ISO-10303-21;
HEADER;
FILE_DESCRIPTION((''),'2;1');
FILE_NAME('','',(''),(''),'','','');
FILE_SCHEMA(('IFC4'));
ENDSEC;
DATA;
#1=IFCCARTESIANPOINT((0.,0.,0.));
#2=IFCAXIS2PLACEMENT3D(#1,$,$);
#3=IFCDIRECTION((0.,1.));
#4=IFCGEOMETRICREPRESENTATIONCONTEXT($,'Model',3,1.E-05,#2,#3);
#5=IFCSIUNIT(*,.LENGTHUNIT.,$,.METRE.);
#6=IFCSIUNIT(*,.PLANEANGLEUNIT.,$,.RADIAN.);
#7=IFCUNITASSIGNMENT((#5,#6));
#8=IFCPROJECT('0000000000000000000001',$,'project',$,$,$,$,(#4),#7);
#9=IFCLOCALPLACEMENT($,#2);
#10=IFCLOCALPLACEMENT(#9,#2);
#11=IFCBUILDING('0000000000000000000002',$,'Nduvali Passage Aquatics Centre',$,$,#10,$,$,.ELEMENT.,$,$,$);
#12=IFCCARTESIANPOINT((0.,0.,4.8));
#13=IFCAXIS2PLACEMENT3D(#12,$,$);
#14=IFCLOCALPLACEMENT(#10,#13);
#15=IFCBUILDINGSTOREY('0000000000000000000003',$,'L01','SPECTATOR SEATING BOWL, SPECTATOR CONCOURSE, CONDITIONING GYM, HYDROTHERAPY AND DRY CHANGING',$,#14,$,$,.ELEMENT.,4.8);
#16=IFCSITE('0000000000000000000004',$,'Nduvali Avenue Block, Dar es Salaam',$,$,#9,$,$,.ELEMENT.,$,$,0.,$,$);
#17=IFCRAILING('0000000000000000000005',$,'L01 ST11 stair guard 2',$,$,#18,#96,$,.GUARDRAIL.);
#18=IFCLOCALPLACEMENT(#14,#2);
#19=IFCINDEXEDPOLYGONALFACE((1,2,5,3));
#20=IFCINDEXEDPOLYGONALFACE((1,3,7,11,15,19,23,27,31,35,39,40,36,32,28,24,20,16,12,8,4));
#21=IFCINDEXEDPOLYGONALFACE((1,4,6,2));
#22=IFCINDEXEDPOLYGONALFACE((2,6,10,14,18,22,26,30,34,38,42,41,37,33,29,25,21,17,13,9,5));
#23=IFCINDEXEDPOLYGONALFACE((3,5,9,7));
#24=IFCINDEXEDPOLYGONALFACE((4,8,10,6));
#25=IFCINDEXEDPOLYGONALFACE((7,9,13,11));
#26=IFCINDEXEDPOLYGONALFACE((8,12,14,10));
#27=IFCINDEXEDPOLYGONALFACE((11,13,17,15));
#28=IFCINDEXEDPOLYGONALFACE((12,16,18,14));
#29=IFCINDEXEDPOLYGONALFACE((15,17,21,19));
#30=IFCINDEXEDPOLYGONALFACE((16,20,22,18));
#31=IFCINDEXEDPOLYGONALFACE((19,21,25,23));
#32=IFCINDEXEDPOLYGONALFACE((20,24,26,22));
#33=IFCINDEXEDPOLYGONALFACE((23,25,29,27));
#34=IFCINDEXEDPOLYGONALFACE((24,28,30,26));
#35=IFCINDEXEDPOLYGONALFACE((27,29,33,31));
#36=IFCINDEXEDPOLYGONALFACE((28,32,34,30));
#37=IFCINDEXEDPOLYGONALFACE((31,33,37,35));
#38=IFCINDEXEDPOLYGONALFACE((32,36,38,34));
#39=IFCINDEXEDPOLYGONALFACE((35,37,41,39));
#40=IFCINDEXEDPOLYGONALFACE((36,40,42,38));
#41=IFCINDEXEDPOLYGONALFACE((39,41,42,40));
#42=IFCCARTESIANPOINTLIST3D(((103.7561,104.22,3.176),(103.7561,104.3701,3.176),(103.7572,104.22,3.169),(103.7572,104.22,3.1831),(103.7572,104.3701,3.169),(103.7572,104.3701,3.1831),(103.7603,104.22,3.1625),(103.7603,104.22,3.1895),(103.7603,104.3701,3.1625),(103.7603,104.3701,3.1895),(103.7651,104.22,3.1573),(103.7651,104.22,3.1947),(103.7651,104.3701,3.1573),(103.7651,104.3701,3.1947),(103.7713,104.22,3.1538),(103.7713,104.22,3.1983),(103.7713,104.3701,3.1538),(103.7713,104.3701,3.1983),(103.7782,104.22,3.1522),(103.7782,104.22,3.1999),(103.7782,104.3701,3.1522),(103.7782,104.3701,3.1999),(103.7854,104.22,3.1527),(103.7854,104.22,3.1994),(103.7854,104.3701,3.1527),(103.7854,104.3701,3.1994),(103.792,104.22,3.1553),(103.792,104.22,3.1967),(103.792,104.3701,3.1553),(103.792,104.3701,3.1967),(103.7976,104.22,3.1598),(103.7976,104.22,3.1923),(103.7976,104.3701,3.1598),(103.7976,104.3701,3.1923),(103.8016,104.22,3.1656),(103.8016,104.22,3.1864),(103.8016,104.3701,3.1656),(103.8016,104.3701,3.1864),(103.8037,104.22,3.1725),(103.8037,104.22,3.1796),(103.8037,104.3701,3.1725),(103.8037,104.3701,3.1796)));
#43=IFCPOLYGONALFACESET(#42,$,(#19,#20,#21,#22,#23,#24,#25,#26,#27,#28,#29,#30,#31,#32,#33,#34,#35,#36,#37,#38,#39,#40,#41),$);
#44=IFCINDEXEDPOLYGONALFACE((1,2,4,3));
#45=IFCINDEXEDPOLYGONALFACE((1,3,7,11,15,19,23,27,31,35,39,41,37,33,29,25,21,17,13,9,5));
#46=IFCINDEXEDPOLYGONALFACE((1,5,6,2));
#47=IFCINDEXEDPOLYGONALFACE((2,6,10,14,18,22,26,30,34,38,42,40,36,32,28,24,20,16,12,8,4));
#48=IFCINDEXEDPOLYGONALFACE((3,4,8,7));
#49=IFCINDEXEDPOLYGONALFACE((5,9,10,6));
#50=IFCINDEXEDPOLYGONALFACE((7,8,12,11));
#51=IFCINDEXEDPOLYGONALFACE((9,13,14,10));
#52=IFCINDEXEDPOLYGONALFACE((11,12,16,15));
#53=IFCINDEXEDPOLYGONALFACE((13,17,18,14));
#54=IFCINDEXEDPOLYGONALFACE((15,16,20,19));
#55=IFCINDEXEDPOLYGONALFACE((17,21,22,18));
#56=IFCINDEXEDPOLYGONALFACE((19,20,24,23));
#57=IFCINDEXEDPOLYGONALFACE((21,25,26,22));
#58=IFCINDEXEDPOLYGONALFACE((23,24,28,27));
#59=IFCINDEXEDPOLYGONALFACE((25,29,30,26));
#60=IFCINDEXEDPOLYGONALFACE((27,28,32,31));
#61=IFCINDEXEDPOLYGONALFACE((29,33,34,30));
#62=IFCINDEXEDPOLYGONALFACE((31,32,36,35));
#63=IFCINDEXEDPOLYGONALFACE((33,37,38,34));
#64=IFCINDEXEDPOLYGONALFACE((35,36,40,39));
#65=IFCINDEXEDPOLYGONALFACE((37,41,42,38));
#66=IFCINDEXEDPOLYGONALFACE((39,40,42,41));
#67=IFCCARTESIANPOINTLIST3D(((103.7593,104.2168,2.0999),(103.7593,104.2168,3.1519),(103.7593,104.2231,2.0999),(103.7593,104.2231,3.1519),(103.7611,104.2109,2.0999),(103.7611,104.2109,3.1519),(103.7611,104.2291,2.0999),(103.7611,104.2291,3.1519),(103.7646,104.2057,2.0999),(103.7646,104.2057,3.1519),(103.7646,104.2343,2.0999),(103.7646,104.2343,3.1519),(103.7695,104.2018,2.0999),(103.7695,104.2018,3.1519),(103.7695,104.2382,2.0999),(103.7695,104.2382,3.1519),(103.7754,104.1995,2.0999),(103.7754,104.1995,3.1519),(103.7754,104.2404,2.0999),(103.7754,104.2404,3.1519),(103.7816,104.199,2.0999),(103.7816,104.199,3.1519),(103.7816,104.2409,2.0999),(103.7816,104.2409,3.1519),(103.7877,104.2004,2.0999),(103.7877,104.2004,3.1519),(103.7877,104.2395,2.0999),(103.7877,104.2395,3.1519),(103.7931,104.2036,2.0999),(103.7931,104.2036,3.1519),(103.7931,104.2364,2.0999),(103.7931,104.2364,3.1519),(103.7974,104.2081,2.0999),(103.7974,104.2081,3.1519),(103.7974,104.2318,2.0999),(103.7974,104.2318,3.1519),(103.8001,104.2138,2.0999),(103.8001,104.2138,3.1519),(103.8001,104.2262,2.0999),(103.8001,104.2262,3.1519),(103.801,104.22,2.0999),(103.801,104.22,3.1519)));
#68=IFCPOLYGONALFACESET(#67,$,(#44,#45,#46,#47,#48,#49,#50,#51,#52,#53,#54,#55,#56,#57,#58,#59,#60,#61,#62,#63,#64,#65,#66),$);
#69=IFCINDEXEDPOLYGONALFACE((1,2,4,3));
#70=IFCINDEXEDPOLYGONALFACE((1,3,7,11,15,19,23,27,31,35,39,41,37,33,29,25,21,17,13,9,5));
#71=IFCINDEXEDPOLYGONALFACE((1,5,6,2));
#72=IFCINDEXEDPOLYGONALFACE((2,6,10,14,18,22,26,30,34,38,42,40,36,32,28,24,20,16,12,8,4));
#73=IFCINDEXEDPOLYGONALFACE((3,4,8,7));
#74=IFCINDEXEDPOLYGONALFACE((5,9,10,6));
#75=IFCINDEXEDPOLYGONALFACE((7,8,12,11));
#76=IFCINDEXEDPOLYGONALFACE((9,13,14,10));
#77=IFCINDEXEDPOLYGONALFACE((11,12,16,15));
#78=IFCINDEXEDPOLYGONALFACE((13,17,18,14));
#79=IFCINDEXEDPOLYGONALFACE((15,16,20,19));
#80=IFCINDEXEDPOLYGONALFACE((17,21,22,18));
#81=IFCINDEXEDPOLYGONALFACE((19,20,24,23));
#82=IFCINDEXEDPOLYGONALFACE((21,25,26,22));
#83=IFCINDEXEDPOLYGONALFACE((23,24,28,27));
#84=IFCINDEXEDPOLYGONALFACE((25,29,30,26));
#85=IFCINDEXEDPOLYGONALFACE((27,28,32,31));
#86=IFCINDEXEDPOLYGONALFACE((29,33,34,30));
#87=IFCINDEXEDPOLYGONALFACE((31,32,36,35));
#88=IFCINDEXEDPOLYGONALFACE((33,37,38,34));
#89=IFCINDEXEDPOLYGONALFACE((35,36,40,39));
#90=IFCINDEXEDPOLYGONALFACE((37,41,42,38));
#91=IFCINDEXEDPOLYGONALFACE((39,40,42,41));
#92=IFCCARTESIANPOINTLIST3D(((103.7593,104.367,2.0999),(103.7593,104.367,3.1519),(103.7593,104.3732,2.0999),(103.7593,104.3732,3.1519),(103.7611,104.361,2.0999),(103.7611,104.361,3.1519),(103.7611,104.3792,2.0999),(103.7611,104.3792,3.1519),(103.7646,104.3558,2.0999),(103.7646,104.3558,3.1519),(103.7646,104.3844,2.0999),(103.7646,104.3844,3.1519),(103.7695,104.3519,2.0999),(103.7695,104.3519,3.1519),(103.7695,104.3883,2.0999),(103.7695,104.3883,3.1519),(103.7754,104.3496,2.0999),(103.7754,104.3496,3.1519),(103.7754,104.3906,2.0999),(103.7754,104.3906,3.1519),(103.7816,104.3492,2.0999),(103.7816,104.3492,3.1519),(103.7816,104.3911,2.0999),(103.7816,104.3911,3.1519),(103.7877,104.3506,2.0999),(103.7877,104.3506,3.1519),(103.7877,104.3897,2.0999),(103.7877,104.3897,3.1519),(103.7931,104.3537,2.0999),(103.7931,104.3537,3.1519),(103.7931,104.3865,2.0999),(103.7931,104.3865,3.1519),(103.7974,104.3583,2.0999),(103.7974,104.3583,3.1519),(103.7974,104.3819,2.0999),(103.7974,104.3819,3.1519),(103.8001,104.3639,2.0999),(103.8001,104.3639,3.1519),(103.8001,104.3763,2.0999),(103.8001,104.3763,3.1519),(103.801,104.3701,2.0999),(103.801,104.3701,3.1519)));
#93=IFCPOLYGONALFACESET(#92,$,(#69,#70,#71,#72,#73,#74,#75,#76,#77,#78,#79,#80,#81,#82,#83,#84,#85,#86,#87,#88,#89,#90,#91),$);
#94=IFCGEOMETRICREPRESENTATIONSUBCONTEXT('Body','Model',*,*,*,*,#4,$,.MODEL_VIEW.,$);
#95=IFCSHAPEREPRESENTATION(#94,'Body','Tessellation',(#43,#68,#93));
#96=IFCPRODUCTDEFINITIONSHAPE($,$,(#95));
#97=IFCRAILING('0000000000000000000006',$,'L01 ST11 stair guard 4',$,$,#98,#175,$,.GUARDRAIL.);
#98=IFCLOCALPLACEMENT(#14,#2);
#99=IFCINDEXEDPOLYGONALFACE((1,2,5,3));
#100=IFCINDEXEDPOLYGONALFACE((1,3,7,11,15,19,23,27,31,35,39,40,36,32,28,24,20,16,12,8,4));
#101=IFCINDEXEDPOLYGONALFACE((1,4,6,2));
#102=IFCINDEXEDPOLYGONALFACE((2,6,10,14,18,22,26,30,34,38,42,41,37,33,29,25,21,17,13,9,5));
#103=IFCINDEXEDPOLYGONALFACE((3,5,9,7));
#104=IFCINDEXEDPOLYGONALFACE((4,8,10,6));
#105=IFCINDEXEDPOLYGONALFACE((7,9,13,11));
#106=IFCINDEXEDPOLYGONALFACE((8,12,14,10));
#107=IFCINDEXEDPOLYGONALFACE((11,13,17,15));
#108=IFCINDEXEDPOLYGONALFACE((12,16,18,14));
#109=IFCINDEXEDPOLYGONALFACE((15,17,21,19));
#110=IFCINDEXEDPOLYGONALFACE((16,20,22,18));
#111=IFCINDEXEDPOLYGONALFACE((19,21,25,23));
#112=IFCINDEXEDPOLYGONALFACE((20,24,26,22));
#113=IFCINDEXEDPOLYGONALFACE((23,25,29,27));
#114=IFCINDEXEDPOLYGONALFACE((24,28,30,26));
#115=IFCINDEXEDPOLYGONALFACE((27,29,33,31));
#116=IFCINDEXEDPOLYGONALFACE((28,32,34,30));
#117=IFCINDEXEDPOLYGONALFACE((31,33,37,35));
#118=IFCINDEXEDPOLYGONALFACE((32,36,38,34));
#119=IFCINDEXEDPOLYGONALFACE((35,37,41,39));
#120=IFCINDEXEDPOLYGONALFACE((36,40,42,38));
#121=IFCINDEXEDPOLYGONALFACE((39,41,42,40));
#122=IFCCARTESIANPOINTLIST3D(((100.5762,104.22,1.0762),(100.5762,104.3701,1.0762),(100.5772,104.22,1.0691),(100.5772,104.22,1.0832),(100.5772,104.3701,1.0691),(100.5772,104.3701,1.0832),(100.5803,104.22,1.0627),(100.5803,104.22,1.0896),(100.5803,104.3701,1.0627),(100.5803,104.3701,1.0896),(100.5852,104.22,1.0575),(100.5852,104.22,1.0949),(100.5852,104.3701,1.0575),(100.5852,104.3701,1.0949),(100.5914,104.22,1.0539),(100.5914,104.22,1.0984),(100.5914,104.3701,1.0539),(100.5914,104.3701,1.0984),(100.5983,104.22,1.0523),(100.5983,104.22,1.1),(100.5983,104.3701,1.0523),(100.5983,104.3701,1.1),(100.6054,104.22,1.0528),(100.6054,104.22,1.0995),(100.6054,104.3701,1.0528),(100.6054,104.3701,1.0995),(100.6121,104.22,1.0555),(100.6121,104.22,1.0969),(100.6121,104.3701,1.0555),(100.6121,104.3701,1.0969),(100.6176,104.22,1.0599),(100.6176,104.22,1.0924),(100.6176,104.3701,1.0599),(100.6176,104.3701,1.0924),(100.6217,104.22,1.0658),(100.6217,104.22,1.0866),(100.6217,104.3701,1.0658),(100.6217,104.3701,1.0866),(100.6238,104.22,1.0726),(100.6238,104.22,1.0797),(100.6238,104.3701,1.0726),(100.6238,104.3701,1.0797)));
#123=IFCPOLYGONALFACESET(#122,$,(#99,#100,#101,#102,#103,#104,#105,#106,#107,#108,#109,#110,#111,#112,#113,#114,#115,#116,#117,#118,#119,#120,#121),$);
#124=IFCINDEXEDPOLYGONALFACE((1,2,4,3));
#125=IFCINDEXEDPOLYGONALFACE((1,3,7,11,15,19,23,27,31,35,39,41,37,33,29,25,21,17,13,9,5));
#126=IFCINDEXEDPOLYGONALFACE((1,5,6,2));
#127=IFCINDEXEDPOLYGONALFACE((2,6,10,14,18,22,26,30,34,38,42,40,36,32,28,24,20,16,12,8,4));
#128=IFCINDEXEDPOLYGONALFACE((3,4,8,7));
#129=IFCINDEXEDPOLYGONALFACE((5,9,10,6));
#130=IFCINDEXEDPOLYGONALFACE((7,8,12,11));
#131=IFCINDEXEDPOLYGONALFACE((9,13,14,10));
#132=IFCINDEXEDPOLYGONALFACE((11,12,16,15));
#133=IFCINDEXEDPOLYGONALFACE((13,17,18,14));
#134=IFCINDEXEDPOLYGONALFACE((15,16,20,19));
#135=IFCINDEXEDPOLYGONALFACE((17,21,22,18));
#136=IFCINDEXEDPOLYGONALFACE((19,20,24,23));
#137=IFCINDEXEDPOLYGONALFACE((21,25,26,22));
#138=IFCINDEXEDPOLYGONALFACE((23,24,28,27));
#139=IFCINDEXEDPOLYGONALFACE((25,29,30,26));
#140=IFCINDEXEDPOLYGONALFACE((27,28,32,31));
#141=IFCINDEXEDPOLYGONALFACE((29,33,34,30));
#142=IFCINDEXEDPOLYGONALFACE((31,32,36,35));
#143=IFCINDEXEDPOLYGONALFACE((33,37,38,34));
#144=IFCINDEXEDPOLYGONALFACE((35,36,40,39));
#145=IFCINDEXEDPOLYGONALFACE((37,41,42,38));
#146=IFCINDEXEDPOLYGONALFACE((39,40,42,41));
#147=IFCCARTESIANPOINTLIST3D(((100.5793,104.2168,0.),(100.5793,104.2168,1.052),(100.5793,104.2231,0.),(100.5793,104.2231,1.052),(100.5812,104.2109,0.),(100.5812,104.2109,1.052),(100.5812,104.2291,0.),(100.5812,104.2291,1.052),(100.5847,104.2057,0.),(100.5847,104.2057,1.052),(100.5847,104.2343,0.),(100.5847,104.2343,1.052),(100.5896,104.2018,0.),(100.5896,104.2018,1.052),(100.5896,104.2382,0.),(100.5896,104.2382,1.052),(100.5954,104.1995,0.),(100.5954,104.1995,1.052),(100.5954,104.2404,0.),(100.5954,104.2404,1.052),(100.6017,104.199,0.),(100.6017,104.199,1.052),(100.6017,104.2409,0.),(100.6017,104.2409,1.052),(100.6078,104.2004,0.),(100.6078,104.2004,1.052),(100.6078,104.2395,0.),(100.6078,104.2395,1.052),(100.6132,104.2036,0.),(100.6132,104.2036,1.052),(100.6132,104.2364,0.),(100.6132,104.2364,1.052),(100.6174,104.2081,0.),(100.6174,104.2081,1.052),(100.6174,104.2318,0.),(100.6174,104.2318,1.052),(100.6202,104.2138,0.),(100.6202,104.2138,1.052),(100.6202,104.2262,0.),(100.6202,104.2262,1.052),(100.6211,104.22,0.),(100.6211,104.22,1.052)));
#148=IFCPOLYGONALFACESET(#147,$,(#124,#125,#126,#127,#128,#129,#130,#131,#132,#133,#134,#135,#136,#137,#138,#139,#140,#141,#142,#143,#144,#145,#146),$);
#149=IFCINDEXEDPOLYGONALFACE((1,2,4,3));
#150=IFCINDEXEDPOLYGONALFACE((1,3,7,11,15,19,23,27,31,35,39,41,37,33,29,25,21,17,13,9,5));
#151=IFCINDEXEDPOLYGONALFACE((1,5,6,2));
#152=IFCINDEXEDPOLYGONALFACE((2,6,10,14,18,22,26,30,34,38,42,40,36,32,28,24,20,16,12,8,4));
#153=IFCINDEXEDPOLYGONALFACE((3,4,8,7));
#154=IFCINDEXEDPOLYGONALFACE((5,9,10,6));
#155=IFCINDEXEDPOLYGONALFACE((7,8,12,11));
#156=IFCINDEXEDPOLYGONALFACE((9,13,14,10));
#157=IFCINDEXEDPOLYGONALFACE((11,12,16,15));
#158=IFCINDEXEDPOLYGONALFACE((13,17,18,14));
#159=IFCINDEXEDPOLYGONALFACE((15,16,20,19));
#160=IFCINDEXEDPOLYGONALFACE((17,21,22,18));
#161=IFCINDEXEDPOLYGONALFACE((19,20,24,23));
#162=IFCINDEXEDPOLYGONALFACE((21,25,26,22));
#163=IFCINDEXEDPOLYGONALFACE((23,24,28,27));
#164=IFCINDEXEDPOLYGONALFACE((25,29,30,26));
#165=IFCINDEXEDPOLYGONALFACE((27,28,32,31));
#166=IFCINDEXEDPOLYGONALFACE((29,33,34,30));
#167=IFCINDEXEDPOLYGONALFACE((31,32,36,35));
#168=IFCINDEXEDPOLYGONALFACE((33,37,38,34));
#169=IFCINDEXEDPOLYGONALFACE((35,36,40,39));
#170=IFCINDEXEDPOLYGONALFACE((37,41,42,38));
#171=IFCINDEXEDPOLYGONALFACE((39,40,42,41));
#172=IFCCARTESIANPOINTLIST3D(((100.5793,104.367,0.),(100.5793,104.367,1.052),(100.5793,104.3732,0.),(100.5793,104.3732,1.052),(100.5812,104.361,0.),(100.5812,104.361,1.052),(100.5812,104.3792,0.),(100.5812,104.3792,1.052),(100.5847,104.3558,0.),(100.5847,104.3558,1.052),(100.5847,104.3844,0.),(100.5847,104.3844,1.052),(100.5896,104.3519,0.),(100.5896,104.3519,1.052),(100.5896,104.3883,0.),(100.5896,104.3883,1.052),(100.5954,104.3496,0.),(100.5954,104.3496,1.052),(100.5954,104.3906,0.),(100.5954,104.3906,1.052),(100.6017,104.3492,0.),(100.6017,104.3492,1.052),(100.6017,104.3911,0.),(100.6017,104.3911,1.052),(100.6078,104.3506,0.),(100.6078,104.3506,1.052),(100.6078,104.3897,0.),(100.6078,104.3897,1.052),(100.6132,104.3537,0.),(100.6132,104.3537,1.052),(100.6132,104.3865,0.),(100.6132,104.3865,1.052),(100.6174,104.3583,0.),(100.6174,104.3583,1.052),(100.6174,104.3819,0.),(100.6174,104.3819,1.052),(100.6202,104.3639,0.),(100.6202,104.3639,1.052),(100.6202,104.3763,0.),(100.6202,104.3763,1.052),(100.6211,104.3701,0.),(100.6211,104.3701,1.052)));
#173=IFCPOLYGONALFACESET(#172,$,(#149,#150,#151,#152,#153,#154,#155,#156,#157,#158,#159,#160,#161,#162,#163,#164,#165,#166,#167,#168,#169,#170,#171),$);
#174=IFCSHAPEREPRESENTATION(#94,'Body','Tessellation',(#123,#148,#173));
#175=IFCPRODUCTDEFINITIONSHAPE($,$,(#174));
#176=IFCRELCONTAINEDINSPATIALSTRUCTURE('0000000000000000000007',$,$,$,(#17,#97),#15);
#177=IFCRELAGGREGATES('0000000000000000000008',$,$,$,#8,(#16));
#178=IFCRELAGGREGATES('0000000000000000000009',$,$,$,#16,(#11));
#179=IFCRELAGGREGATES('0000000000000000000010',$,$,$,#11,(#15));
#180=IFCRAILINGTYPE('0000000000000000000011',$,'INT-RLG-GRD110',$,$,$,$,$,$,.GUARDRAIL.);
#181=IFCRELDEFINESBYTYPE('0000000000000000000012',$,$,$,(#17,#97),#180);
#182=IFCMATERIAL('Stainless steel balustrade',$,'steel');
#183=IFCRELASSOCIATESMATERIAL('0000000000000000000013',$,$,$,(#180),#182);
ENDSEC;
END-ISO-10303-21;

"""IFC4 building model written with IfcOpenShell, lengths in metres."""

from ifc_helpers import new_model, si_unit, direction, frame, origin, origin_2d, place, context, subcontext, project, spatial, circle, extrude, material, type_object, element, save


model = new_model("IFC4")

# Units and contexts
model_context = context("Model", 3, precision=1e-05, world=origin(), true_north=direction((0.0, 1.0)))
body_context = subcontext(model_context, "Body", "Model", "MODEL_VIEW")
ifc_project = project(units=[si_unit("LENGTHUNIT", "METRE"), si_unit("PLANEANGLEUNIT", "RADIAN")], contexts=[model_context])

# Site, building, storey
site_placement = place(None, origin())
site = spatial("IfcSite", under=ifc_project, at=site_placement, Name="Nduvali Avenue Block, Dar es Salaam", CompositionType="ELEMENT", RefElevation=0.0)
building_placement = place(site_placement, origin())
building = spatial("IfcBuilding", under=site, at=building_placement, Name="Nduvali Passage Aquatics Centre", CompositionType="ELEMENT")
storey_placement = place(building_placement, frame((0.0, 0.0, 4.8)))
storey = spatial("IfcBuildingStorey", under=building, at=storey_placement, Name="L01", Description="SPECTATOR SEATING BOWL, SPECTATOR CONCOURSE, CONDITIONING GYM, HYDROTHERAPY AND DRY CHANGING", CompositionType="ELEMENT", Elevation=4.8)

# Railings
ifc_material_1 = material(Name="Stainless steel balustrade", Category="steel")
railing_type_1 = type_object("IfcRailingType", Name="INT-RLG-GRD110", PredefinedType="GUARDRAIL", material=ifc_material_1)
for number, where, name in (
    (1, (103.78, 104.22, 2.0999), "L01 ST11 stair guard 2"),
    (2, (100.6001, 104.22, 0.0), "L01 ST11 stair guard 4"),
):
    element("IfcRailing", number, at=place(storey_placement, frame(where)), inside=storey, type_object=railing_type_1, Name=name, PredefinedType="GUARDRAIL", context=body_context, shape_type="SweptSolid", body=[
        extrude(circle(Radius=0.0239, at=origin_2d()), frame((0.0, 0.0, 1.0762), z_axis=(0.0, 1.0, 0.0), x_axis=(-1.0, 0.0, 0.0)), (0.0, 0.0, 1.0), 0.1501),
        extrude(circle(Radius=0.021, at=origin_2d()), origin(), (0.0, 0.0, 1.0), 1.052),
        extrude(circle(Radius=0.021, at=origin_2d()), frame((0.0, 0.1501, 0.0)), (0.0, 0.0, 1.0), 1.052),
    ])

save(model, "model.ifc")
